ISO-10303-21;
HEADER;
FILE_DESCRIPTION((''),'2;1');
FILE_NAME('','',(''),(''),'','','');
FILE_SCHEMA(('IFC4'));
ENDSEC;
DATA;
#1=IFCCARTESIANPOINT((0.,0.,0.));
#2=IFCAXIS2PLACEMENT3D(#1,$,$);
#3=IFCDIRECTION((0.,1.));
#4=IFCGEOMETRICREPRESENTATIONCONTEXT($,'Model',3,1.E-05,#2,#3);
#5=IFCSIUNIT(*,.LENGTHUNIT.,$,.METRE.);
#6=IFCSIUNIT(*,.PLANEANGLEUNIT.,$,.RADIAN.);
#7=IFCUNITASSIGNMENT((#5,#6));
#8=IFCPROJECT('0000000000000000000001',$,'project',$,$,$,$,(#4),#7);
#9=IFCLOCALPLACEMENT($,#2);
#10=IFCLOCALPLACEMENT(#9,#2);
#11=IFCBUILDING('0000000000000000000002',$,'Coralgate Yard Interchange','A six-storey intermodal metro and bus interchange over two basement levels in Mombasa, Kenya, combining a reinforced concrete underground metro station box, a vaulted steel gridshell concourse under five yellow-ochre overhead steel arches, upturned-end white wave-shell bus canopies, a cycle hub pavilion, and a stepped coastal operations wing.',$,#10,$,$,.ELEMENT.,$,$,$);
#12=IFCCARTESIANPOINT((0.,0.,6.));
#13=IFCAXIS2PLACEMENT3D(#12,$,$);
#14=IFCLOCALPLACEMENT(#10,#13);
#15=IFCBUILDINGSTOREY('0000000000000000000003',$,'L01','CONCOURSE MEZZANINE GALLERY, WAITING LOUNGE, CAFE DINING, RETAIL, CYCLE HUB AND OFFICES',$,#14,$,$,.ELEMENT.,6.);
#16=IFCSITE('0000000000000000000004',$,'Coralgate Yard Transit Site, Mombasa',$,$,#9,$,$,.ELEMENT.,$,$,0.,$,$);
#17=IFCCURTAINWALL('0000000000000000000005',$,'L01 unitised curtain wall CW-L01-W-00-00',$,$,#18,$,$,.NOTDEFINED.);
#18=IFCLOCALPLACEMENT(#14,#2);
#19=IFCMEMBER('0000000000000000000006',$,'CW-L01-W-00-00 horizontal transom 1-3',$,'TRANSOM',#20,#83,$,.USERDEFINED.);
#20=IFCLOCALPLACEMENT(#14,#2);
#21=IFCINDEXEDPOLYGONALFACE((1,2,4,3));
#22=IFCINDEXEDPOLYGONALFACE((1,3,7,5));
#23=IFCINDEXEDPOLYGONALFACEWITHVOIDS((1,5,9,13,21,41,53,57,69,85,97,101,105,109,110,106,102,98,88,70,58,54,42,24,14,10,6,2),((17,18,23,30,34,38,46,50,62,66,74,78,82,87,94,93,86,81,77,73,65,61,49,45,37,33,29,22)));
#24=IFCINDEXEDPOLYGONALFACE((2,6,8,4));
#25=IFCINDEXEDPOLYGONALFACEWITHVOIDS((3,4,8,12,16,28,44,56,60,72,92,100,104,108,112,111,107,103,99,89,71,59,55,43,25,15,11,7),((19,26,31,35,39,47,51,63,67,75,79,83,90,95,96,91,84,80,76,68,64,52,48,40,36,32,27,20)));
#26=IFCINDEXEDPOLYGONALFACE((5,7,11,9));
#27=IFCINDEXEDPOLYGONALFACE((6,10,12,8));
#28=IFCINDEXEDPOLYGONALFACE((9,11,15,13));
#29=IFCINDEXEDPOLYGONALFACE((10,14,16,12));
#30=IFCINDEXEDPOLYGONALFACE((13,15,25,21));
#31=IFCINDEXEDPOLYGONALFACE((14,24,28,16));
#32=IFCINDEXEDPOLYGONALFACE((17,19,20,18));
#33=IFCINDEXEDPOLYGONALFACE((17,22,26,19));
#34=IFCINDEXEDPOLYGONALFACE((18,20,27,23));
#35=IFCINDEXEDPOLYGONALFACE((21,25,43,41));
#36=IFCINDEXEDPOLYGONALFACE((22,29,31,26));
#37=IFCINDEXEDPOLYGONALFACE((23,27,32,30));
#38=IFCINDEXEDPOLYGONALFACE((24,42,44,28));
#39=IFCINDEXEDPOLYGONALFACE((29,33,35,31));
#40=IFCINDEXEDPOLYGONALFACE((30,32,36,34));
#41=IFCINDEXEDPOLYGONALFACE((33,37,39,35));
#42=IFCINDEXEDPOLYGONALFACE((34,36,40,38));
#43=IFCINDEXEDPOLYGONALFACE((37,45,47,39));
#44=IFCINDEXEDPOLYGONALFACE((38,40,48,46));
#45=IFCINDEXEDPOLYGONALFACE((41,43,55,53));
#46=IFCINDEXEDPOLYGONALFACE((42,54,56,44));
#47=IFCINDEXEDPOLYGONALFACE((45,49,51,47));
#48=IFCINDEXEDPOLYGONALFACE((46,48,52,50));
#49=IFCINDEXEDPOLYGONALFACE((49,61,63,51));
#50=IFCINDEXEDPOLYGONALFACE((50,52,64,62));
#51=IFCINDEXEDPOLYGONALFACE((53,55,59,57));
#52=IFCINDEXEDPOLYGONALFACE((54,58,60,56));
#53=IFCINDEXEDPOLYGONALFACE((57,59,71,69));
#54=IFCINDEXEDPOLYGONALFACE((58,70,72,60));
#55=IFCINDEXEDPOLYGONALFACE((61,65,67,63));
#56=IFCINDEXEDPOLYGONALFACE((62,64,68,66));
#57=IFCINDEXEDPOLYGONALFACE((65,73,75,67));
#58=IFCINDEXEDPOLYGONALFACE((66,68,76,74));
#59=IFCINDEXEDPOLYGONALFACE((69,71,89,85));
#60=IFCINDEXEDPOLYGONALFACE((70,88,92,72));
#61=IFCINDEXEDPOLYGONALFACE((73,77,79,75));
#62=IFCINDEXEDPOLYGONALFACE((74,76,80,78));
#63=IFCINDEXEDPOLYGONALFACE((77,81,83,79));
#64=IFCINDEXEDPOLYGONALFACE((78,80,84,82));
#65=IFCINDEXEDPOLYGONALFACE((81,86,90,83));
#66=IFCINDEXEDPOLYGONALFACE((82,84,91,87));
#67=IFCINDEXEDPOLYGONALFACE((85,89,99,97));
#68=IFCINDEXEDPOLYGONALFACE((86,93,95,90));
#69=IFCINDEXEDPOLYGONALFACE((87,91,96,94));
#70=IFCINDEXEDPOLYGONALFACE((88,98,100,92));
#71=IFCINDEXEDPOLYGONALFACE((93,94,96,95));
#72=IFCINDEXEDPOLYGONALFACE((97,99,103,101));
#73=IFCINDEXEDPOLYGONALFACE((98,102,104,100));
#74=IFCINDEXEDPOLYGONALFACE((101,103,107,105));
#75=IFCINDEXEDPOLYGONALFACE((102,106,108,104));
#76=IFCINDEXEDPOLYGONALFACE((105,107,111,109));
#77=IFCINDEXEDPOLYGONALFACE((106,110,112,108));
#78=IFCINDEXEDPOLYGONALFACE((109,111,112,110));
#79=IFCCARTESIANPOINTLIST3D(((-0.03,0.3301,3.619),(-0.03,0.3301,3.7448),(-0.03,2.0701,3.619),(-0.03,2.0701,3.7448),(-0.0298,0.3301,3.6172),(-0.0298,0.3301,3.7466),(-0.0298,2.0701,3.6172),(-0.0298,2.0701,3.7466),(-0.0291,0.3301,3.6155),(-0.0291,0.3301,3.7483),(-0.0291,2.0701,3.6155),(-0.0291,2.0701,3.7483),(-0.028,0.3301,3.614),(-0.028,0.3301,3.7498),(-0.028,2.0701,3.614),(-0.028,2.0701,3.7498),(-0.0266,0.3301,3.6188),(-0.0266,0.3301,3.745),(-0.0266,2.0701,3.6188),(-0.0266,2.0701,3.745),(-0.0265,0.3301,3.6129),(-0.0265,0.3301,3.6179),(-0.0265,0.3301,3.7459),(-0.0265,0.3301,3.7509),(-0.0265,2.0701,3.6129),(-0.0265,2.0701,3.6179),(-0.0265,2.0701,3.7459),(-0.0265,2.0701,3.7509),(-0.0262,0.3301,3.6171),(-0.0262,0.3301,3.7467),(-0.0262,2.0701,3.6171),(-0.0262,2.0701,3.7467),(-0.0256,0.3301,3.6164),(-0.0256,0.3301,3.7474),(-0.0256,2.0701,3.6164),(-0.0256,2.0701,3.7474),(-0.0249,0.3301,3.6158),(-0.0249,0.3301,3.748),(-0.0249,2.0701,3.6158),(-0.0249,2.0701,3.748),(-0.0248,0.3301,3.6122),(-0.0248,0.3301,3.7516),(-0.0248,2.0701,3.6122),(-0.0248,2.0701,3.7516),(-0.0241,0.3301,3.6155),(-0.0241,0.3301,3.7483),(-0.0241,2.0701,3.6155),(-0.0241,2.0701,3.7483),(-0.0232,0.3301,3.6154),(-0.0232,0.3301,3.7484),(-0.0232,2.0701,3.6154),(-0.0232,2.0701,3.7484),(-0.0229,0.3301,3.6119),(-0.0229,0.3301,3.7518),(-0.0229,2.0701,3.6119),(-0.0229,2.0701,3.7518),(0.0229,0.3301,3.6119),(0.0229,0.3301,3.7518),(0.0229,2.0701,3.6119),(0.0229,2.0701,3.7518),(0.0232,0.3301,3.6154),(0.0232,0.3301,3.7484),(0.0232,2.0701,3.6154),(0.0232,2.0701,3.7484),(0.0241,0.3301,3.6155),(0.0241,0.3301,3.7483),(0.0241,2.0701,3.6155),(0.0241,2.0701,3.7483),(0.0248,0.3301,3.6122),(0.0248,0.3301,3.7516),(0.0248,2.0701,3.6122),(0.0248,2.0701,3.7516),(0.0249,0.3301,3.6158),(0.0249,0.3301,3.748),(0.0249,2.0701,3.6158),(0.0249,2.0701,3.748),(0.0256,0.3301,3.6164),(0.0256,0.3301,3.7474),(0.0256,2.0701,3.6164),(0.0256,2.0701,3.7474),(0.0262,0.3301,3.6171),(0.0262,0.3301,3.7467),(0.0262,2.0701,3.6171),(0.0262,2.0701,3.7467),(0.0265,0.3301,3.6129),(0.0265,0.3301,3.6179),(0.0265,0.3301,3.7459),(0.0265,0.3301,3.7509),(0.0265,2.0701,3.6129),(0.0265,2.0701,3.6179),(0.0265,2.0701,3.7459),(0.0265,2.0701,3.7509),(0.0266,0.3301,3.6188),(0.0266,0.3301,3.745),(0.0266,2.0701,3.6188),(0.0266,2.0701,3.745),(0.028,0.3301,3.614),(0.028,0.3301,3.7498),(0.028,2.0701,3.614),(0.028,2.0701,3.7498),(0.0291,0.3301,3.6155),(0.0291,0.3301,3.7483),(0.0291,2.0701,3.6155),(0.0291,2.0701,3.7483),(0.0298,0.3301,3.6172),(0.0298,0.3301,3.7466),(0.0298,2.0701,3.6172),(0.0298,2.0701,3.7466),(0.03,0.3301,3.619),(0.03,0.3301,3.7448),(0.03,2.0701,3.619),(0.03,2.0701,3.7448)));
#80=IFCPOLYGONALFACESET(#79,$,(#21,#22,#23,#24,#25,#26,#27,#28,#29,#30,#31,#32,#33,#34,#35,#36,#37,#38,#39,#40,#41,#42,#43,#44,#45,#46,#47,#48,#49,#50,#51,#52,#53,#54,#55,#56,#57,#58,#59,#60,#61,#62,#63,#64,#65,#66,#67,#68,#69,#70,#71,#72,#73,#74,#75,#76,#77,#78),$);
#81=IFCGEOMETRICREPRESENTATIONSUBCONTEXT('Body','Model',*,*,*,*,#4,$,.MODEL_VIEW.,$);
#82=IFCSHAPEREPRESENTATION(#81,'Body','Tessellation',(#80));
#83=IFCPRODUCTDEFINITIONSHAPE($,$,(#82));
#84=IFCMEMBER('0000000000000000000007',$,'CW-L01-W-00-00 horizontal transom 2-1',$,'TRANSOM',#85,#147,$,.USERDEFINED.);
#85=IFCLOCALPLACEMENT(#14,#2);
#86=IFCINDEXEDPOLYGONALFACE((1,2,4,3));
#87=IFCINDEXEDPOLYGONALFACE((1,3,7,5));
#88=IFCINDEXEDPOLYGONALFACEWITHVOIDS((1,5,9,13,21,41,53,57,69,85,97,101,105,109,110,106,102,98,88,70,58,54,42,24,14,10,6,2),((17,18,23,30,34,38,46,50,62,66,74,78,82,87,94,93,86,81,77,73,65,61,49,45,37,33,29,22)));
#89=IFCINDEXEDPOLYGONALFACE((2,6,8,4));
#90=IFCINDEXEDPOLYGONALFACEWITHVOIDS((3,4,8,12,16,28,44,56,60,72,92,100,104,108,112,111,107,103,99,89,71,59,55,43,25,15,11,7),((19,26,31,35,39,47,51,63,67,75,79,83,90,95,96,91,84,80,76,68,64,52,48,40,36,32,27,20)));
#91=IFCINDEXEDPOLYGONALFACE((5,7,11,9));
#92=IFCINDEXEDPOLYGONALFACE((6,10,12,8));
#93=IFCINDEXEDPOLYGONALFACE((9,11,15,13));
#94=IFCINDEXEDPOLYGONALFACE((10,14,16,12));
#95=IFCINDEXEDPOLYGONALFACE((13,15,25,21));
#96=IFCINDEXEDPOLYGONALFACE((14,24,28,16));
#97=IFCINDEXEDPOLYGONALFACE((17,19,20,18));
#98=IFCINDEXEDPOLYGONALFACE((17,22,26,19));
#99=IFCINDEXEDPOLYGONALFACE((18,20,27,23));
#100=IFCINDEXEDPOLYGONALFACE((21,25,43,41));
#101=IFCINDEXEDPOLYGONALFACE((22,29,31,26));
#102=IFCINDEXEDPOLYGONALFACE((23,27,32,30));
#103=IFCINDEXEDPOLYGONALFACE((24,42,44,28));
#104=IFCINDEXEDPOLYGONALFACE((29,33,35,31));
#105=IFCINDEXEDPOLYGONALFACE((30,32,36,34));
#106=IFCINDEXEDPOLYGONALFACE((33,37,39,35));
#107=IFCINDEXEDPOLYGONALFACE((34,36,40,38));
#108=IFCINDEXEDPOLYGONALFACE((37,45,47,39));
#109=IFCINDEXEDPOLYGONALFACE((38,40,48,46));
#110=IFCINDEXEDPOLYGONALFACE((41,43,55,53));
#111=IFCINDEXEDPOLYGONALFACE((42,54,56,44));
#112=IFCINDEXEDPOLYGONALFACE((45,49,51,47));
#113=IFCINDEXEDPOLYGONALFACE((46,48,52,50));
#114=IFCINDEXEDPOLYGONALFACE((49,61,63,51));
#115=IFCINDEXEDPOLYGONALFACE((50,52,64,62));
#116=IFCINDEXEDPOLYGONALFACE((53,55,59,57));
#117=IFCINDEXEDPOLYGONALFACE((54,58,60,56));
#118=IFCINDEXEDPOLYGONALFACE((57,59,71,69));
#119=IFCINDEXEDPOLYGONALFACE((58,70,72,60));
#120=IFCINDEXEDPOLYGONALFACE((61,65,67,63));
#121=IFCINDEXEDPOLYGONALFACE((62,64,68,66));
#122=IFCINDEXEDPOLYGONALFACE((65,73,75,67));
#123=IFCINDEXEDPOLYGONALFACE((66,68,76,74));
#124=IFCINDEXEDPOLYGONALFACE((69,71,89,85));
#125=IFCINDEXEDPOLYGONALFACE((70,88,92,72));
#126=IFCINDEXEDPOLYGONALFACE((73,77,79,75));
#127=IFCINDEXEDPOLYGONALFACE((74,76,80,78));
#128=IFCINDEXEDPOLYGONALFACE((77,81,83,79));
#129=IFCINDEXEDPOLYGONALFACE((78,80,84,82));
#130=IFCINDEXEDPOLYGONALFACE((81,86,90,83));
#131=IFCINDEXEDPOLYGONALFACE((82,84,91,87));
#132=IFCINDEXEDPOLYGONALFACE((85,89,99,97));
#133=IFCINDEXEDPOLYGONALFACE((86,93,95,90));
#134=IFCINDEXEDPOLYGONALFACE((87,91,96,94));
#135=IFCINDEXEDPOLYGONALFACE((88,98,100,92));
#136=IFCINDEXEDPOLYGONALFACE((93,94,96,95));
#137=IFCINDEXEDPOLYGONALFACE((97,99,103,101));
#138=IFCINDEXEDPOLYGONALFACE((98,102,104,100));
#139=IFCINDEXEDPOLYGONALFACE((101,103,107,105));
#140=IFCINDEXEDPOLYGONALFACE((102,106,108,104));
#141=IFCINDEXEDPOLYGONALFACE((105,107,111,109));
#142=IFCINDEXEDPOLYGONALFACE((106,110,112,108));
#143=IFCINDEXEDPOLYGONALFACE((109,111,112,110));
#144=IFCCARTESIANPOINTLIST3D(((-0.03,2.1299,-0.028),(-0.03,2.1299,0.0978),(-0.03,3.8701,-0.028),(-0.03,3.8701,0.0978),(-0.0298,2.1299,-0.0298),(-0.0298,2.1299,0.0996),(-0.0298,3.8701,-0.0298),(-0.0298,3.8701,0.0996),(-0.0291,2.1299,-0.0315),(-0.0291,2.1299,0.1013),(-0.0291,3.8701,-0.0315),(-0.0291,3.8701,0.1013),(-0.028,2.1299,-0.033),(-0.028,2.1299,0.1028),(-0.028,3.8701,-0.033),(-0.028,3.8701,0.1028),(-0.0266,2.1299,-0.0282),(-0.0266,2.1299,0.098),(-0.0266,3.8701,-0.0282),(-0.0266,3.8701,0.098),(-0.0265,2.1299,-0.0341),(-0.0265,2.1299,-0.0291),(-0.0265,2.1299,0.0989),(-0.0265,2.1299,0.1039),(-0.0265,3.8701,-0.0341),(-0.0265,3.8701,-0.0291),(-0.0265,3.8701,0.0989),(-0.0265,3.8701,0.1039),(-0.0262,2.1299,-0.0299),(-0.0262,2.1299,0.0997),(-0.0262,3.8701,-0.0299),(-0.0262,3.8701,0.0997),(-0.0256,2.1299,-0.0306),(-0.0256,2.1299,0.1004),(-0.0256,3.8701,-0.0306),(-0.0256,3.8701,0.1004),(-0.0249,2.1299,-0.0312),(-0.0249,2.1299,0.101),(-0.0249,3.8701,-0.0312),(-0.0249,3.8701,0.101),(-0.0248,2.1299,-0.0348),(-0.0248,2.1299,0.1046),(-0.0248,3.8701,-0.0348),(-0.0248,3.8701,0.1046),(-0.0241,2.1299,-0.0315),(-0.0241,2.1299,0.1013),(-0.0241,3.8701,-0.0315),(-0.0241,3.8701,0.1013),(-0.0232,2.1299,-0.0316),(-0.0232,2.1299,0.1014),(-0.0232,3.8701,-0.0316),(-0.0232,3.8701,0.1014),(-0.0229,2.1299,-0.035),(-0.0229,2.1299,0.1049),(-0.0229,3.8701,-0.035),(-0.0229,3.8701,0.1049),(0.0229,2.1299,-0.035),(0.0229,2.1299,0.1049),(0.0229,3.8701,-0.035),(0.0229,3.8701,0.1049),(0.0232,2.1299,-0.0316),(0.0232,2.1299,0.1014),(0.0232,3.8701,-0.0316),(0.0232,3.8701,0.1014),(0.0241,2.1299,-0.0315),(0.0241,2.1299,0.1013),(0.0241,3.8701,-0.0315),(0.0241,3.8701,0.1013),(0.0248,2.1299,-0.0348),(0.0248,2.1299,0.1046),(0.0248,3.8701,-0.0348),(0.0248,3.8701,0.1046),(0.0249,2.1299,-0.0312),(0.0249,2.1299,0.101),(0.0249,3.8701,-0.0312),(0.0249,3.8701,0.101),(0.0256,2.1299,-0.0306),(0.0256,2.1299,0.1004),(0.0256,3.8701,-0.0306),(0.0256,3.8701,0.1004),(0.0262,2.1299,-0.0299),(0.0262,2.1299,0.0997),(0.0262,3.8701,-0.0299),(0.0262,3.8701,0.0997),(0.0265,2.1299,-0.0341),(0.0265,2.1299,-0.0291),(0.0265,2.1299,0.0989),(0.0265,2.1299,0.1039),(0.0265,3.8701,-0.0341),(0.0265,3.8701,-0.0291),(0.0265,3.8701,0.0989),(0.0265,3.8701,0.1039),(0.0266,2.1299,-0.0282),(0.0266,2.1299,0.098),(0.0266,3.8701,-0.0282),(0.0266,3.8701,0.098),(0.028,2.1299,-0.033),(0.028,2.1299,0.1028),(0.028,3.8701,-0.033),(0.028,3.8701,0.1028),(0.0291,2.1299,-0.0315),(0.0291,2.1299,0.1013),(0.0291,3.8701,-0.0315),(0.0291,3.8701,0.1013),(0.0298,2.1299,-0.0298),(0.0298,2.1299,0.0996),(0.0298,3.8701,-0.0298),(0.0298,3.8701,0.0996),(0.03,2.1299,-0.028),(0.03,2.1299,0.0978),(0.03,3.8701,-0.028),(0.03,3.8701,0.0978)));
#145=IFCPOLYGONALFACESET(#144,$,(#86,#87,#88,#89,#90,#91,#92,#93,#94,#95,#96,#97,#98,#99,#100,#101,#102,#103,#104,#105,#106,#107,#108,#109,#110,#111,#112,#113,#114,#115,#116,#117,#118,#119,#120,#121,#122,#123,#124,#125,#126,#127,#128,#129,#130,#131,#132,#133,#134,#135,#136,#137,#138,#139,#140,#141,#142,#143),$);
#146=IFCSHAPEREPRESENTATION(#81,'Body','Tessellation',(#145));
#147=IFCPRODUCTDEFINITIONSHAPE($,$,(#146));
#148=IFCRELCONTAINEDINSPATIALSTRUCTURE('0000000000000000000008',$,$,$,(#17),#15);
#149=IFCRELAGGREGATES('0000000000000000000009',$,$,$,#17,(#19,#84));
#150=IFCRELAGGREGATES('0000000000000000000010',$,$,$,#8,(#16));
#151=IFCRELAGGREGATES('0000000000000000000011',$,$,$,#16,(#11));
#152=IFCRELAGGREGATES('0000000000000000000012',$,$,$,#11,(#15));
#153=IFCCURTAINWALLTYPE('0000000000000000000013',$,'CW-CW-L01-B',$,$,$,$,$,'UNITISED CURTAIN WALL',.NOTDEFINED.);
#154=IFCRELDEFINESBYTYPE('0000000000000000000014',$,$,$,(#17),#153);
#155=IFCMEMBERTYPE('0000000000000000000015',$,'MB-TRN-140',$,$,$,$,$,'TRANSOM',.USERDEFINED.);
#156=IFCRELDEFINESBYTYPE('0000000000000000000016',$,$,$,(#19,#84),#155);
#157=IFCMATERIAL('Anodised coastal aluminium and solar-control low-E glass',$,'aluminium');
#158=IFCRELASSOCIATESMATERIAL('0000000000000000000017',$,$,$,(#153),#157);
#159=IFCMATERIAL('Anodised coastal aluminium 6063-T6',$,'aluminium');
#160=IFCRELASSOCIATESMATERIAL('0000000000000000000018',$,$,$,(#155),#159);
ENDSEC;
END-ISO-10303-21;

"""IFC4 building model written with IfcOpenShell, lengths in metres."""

from ifc_helpers import new_model, si_unit, direction, frame, origin, origin_2d, place, context, subcontext, project, spatial, hollow_rectangle, extrude, material, material_profile, profile_set, type_object, element, aggregate, save


model = new_model("IFC4")

# Units and contexts
model_context = context("Model", 3, precision=1e-05, world=origin(), true_north=direction((0.0, 1.0)))
body_context = subcontext(model_context, "Body", "Model", "MODEL_VIEW")
ifc_project = project(units=[si_unit("LENGTHUNIT", "METRE"), si_unit("PLANEANGLEUNIT", "RADIAN")], contexts=[model_context])

# Site, building, storey
site_placement = place(None, origin())
site = spatial("IfcSite", under=ifc_project, at=site_placement, Name="Coralgate Yard Transit Site, Mombasa", CompositionType="ELEMENT", RefElevation=0.0)
building_placement = place(site_placement, origin())
building = spatial("IfcBuilding", under=site, at=building_placement, Name="Coralgate Yard Interchange", Description="A six-storey intermodal metro and bus interchange over two basement levels in Mombasa, Kenya, combining a reinforced concrete underground metro station box, a vaulted steel gridshell concourse under five yellow-ochre overhead steel arches, upturned-end white wave-shell bus canopies, a cycle hub pavilion, and a stepped coastal operations wing.", CompositionType="ELEMENT")
storey_placement = place(building_placement, frame((0.0, 0.0, 6.0)))
storey = spatial("IfcBuildingStorey", under=building, at=storey_placement, Name="L01", Description="CONCOURSE MEZZANINE GALLERY, WAITING LOUNGE, CAFE DINING, RETAIL, CYCLE HUB AND OFFICES", CompositionType="ELEMENT", Elevation=6.0)

# Curtain wall, members
ifc_material_1 = material(Name="Anodised coastal aluminium and solar-control low-E glass", Category="aluminium")
curtain_wall_type = type_object("IfcCurtainWallType", Name="CW-CW-L01-B", ElementType="UNITISED CURTAIN WALL", PredefinedType="NOTDEFINED", material=ifc_material_1)
curtain_wall_placement = place(storey_placement, origin())
curtain_wall = element("IfcCurtainWall", 1, at=curtain_wall_placement, inside=storey, type_object=curtain_wall_type, Name="L01 unitised curtain wall CW-L01-W-00-00", PredefinedType="NOTDEFINED")
ifc_material_2 = material(Name="Anodised coastal aluminium 6063-T6", Category="aluminium")
ifc_material_profile_1 = material_profile(ifc_material_2, hollow_rectangle(XDim=0.0601, YDim=0.1399, WallThickness=0.0034, InnerFilletRadius=0.0034, OuterFilletRadius=0.0071, at=origin_2d()), Name="ALU 60x140x3.5")
ifc_profile_set_1 = profile_set([ifc_material_profile_1], Name="Anodised coastal aluminium 6063-T6")
member_type_1 = type_object("IfcMemberType", Name="MB-TRN-140", ElementType="TRANSOM", PredefinedType="USERDEFINED", material=ifc_profile_set_1)
member_1_placement = place(storey_placement, frame((0.0, 0.3301, 3.6819), z_axis=(0.0, 1.0, 0.0), x_axis=(-1.0, 0.0, 0.0)))
member_1 = element("IfcMember", 2, at=member_1_placement, type_object=member_type_1, Name="CW-L01-W-00-00 horizontal transom 1-3", ObjectType="TRANSOM", PredefinedType="USERDEFINED", context=body_context, shape_type="SweptSolid", body=[
    extrude(hollow_rectangle(XDim=0.0601, YDim=0.1399, WallThickness=0.0034, InnerFilletRadius=0.0034, OuterFilletRadius=0.0071, at=origin_2d()), origin(), (0.0, 0.0, 1.0), 1.74),
])
member_2_placement = place(storey_placement, frame((0.0, 2.1299, 0.0349), z_axis=(0.0, 1.0, 0.0), x_axis=(-1.0, 0.0, 0.0)))
member_2 = element("IfcMember", 3, at=member_2_placement, type_object=member_type_1, Name="CW-L01-W-00-00 horizontal transom 2-1", ObjectType="TRANSOM", PredefinedType="USERDEFINED", context=body_context, shape_type="SweptSolid", body=[
    extrude(hollow_rectangle(XDim=0.0601, YDim=0.1399, WallThickness=0.0034, InnerFilletRadius=0.0034, OuterFilletRadius=0.0071, at=origin_2d()), origin(), (0.0, 0.0, 1.0), 1.7402),
])
aggregate(curtain_wall, [member_1, member_2])

save(model, "model.ifc")
